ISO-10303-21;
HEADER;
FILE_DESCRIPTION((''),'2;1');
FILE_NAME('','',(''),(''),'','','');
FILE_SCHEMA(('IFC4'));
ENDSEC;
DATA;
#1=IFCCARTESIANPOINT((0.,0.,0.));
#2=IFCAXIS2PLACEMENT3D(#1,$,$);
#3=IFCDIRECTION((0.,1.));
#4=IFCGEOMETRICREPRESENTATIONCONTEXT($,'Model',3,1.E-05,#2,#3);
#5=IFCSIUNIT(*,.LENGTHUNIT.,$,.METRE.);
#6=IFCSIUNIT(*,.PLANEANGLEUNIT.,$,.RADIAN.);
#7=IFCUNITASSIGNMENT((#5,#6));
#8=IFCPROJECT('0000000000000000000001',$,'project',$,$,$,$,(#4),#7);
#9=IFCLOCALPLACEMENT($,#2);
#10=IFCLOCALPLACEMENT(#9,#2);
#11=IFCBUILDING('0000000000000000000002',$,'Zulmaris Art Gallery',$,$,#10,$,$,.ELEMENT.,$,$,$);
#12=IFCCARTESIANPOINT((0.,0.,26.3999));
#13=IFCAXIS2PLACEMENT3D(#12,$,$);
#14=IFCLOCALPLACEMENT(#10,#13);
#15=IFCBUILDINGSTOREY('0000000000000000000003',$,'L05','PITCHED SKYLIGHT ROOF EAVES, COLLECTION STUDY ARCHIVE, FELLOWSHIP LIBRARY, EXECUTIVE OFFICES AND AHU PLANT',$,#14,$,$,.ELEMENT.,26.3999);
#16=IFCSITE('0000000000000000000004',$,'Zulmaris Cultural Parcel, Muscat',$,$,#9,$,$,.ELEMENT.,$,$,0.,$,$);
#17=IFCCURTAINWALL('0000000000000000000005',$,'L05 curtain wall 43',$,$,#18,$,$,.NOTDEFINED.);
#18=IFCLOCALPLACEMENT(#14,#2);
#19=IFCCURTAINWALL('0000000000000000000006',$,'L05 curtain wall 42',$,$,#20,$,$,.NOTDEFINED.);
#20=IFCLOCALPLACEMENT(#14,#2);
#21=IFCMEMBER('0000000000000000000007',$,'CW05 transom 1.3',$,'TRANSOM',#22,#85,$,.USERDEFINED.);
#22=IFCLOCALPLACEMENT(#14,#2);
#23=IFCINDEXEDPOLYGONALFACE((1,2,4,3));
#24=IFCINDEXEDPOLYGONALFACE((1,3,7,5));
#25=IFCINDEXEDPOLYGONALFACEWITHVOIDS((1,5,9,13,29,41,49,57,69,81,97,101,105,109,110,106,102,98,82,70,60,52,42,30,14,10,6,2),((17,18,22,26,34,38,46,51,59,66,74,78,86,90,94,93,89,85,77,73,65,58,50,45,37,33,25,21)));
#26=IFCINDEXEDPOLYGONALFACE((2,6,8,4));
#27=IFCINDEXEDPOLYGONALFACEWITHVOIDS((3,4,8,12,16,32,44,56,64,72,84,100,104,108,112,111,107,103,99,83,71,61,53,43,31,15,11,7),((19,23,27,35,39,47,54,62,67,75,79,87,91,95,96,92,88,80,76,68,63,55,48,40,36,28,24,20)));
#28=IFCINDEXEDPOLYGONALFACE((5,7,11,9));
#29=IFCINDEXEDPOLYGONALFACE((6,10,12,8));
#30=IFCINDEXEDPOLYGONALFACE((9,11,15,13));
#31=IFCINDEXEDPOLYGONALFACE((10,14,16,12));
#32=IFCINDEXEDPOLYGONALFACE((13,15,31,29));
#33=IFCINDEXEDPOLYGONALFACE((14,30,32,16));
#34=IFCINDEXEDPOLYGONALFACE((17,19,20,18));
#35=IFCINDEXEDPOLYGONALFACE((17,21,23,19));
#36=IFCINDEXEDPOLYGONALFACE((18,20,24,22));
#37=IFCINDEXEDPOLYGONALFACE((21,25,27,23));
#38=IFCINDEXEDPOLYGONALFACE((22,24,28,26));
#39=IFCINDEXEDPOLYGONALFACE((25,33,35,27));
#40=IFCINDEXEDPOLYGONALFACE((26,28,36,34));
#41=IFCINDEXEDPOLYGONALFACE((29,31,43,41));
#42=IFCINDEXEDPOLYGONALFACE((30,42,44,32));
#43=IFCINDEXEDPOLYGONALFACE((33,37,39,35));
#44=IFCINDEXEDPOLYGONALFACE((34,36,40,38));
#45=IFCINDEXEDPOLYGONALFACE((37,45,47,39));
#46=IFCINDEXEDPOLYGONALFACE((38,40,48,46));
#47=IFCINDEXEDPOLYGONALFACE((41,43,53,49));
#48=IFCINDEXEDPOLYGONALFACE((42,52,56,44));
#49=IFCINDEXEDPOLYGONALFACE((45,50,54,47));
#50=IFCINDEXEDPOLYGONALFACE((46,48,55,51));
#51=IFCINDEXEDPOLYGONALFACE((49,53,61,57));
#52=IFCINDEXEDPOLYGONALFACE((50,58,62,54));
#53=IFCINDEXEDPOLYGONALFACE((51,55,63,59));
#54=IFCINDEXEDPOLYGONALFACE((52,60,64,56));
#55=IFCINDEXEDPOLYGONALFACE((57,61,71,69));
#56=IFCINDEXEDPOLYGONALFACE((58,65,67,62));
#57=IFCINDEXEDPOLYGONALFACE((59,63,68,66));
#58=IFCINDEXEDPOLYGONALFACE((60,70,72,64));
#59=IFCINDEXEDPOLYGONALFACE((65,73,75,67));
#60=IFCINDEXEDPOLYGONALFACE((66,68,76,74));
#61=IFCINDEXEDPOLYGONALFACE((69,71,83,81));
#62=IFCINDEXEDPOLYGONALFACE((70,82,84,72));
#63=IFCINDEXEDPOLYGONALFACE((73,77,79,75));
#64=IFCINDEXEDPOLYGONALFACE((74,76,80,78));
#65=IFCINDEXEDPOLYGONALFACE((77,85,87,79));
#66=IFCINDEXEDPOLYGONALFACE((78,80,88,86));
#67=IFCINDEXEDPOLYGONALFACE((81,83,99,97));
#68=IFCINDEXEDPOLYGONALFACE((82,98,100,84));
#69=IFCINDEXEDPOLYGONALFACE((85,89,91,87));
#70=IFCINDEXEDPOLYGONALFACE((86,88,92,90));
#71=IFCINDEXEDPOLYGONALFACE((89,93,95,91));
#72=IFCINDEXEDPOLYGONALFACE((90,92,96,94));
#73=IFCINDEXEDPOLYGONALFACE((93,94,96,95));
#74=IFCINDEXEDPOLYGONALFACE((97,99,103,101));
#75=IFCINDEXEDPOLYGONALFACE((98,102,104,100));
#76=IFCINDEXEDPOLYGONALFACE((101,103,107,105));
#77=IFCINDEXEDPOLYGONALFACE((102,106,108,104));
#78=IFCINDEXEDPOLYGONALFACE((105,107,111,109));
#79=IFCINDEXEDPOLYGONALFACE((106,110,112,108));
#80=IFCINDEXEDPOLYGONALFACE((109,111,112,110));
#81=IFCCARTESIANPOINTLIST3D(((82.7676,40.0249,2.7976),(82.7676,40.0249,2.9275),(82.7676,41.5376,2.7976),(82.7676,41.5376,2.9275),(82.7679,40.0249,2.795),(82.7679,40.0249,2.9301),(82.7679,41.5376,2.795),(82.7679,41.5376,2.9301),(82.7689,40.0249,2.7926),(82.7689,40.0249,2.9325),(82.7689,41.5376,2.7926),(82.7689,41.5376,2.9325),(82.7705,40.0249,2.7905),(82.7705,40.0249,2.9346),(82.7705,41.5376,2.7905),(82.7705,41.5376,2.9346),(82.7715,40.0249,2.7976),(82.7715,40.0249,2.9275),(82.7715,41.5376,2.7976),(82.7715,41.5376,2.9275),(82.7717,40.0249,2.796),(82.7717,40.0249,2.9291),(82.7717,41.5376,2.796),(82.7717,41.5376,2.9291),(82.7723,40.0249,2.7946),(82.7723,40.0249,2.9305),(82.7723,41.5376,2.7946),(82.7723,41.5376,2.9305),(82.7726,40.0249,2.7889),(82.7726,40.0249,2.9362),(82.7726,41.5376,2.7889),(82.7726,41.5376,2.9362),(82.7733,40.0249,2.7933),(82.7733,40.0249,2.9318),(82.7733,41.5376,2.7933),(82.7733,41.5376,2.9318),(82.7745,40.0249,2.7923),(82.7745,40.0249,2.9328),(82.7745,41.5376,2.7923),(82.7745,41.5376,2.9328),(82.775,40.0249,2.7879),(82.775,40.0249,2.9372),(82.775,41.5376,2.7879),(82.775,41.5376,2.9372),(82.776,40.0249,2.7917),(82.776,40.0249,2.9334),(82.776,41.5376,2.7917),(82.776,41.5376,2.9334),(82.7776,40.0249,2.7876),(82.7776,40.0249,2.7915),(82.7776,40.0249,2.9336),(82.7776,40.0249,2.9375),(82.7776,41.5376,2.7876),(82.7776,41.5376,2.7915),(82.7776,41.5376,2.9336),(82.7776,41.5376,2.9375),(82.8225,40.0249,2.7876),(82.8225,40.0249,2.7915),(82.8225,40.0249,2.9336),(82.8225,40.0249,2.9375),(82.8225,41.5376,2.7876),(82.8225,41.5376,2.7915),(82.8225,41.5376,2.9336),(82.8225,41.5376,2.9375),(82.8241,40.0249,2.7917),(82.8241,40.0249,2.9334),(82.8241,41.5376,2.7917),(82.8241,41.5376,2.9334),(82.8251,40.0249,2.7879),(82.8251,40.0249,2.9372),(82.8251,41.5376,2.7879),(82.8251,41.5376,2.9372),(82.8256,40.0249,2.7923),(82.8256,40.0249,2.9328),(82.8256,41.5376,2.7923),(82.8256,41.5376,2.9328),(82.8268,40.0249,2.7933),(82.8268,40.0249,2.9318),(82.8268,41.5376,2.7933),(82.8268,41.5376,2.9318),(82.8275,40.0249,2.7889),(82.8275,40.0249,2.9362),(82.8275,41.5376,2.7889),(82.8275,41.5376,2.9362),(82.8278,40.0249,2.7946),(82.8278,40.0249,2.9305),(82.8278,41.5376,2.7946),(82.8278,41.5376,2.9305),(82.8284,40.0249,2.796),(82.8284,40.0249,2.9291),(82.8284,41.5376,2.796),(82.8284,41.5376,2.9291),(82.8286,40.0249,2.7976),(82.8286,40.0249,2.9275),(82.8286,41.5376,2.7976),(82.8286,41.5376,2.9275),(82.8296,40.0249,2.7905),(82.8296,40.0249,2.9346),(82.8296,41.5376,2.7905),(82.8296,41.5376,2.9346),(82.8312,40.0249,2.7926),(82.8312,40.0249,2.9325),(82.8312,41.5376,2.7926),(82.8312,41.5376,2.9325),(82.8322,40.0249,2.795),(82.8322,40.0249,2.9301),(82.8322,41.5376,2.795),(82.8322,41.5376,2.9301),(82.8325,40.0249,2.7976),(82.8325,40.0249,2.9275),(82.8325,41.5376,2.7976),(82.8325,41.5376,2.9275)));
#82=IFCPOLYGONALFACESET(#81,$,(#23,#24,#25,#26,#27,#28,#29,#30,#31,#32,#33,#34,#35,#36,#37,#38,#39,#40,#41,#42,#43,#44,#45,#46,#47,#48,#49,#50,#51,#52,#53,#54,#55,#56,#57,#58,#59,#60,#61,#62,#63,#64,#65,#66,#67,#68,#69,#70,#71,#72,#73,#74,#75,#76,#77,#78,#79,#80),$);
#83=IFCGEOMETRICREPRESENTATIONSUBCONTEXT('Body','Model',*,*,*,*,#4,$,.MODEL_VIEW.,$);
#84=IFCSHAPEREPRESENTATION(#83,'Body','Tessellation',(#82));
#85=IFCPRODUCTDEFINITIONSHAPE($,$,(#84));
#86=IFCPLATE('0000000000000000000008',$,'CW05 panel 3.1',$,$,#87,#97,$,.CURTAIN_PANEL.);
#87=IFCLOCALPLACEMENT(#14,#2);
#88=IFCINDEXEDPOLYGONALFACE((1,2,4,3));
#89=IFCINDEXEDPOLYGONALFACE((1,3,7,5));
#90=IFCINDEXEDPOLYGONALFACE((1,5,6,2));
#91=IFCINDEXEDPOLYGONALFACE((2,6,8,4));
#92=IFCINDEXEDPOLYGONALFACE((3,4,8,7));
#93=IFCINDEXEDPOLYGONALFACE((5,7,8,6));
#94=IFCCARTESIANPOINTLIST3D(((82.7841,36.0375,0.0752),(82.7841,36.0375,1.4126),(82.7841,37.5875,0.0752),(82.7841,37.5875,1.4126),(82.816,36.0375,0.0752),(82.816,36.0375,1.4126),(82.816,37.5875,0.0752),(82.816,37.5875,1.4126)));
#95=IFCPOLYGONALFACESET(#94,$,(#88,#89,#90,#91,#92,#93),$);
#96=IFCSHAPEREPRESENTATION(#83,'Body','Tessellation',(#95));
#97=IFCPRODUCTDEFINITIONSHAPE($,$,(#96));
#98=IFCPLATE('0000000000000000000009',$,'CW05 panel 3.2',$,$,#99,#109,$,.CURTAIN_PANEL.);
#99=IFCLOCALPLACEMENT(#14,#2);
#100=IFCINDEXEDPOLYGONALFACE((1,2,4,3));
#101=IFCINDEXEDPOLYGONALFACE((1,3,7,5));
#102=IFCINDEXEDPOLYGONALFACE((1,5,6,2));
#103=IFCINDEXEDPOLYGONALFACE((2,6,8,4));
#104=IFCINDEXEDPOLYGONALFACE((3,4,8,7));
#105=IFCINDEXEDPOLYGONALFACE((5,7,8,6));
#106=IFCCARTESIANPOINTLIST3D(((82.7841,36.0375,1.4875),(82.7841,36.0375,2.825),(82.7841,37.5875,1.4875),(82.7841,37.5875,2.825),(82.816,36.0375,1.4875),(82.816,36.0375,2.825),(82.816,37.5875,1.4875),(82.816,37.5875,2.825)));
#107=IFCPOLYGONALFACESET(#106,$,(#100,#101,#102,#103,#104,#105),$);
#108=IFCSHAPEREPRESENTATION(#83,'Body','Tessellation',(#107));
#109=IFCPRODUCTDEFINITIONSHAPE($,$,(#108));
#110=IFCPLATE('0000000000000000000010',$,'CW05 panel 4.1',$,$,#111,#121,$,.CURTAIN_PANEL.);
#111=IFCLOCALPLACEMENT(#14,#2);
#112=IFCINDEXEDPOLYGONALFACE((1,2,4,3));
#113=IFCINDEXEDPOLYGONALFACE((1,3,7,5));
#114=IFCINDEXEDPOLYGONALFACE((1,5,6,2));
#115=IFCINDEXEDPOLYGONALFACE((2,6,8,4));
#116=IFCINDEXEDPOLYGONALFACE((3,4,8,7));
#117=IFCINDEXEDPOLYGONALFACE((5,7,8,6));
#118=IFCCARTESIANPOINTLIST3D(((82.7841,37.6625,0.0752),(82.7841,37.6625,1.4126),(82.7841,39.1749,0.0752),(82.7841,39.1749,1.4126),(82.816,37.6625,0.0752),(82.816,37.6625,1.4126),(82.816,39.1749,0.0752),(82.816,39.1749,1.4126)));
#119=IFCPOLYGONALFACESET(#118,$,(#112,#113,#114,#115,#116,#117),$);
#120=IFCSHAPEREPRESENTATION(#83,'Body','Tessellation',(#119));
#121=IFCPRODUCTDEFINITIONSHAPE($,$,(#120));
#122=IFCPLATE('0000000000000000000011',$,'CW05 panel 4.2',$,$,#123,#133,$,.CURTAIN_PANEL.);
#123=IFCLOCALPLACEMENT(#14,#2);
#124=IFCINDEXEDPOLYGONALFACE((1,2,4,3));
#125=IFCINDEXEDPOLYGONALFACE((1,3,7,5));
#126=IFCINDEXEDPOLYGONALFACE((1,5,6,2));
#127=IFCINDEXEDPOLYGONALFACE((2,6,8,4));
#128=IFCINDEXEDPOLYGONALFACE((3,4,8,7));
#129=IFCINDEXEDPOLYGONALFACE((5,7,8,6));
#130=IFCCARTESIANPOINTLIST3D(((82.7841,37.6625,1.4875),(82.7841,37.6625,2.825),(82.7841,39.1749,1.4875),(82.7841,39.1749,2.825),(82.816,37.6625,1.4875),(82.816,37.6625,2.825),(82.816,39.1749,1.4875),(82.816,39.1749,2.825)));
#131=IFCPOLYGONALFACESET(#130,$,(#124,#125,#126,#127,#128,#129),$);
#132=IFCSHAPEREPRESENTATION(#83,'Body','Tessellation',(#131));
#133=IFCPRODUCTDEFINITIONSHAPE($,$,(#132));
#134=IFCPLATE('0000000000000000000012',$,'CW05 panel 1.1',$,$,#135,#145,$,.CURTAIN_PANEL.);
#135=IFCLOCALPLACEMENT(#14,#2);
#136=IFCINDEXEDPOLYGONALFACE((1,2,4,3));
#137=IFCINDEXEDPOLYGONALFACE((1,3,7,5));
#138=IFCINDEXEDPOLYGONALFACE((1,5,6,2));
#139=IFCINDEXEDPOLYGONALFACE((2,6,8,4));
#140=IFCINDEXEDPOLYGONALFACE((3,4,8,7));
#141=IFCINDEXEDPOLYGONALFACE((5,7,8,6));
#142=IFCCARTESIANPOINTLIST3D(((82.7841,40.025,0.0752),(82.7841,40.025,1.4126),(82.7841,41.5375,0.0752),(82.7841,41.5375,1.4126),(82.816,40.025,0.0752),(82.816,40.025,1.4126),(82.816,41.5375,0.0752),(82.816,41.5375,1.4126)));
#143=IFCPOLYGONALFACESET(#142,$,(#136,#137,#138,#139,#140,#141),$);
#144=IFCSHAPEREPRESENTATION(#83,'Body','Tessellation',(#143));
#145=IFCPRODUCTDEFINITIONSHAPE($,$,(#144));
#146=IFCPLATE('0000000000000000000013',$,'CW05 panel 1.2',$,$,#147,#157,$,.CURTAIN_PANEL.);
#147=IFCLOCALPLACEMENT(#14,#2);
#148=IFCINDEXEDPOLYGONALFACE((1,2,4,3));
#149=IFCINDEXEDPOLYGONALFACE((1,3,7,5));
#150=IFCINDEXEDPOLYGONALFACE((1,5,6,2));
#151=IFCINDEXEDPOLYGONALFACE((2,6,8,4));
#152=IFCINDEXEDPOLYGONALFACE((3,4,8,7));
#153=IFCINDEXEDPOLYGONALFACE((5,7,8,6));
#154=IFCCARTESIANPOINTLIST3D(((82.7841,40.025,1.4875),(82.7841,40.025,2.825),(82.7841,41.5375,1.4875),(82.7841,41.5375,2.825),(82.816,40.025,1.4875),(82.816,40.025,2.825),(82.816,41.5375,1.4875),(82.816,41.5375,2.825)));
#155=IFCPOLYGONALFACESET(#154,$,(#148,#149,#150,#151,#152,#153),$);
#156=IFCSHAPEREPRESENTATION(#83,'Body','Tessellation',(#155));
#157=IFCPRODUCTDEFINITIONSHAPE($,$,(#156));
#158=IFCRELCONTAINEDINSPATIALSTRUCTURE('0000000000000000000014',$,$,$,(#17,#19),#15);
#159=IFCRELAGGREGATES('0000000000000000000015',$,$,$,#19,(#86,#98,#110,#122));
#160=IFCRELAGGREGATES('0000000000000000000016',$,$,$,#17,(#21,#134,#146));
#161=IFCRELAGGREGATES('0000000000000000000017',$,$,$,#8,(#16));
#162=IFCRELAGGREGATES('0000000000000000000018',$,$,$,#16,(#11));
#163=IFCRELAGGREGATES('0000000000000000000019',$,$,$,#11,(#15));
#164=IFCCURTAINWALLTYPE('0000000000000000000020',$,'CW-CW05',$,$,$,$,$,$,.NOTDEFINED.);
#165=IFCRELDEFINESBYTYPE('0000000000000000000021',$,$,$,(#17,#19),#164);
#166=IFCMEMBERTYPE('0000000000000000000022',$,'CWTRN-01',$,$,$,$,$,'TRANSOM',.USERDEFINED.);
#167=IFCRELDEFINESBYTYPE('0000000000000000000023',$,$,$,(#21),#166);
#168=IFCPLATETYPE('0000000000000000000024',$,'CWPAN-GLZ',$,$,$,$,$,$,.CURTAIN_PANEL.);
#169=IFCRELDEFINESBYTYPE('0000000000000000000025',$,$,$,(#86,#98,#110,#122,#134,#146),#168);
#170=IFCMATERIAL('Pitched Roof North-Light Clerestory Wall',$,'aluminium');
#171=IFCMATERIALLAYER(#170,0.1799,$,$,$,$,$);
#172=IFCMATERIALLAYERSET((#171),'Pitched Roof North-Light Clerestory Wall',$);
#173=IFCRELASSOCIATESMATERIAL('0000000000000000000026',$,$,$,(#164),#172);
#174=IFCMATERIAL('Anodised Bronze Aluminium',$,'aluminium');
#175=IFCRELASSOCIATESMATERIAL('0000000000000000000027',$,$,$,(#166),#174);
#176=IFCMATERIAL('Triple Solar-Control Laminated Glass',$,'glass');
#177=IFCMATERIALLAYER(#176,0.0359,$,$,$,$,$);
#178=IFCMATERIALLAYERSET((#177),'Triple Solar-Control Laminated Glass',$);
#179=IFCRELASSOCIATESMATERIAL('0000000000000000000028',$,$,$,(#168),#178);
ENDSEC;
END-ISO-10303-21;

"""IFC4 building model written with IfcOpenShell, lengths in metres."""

from ifc_helpers import new_model, si_unit, direction, frame, origin, origin_2d, place, context, subcontext, project, spatial, rectangle, hollow_rectangle, extrude, material, layer, layer_set, material_profile, profile_set, type_object, element, aggregate, save


model = new_model("IFC4")

# Units and contexts
model_context = context("Model", 3, precision=1e-05, world=origin(), true_north=direction((0.0, 1.0)))
body_context = subcontext(model_context, "Body", "Model", "MODEL_VIEW")
ifc_project = project(units=[si_unit("LENGTHUNIT", "METRE"), si_unit("PLANEANGLEUNIT", "RADIAN")], contexts=[model_context])

# Site, building, storey
site_placement = place(None, origin())
site = spatial("IfcSite", under=ifc_project, at=site_placement, Name="Zulmaris Cultural Parcel, Muscat", CompositionType="ELEMENT", RefElevation=0.0)
building_placement = place(site_placement, origin())
building = spatial("IfcBuilding", under=site, at=building_placement, Name="Zulmaris Art Gallery", CompositionType="ELEMENT")
storey_placement = place(building_placement, frame((0.0, 0.0, 26.3999)))
storey = spatial("IfcBuildingStorey", under=building, at=storey_placement, Name="L05", Description="PITCHED SKYLIGHT ROOF EAVES, COLLECTION STUDY ARCHIVE, FELLOWSHIP LIBRARY, EXECUTIVE OFFICES AND AHU PLANT", CompositionType="ELEMENT", Elevation=26.3999)

# Curtain walls
ifc_material_1 = material(Name="Pitched Roof North-Light Clerestory Wall", Category="aluminium")
ifc_layer_1 = layer(ifc_material_1, 0.1799)
ifc_layer_set_1 = layer_set([ifc_layer_1], Name="Pitched Roof North-Light Clerestory Wall")
curtain_wall_type = type_object("IfcCurtainWallType", Name="CW-CW05", PredefinedType="NOTDEFINED", material=ifc_layer_set_1)
curtain_wall_1_placement = place(storey_placement, origin())
curtain_wall_1 = element("IfcCurtainWall", 1, at=curtain_wall_1_placement, inside=storey, type_object=curtain_wall_type, Name="L05 curtain wall 43", PredefinedType="NOTDEFINED")
ifc_material_2 = material(Name="Anodised Bronze Aluminium", Category="aluminium")
curtain_wall_2_placement = place(storey_placement, origin())
curtain_wall_2 = element("IfcCurtainWall", 2, at=curtain_wall_2_placement, inside=storey, type_object=curtain_wall_type, Name="L05 curtain wall 42", PredefinedType="NOTDEFINED")
ifc_material_profile_1 = material_profile(ifc_material_2, hollow_rectangle(XDim=0.0649, YDim=0.1499, WallThickness=0.0039, InnerFilletRadius=0.0061, OuterFilletRadius=0.01, at=origin_2d()), Name="ALU 65x150x4")
ifc_profile_set_1 = profile_set([ifc_material_profile_1], Name="Anodised Bronze Aluminium")
member_type_1 = type_object("IfcMemberType", Name="CWTRN-01", ElementType="TRANSOM", PredefinedType="USERDEFINED", material=ifc_profile_set_1)

# Member
member_1_placement = place(storey_placement, frame((82.8, 40.0249, 2.8625), z_axis=(0.0, 1.0, 0.0), x_axis=(-1.0, 0.0, 0.0)))
member_1 = element("IfcMember", 3, at=member_1_placement, type_object=member_type_1, Name="CW05 transom 1.3", ObjectType="TRANSOM", PredefinedType="USERDEFINED", context=body_context, shape_type="SweptSolid", body=[
    extrude(hollow_rectangle(XDim=0.0649, YDim=0.1499, WallThickness=0.0039, InnerFilletRadius=0.0061, OuterFilletRadius=0.01, at=origin_2d()), origin(), (0.0, 0.0, 1.0), 1.5127),
])

# Plates
ifc_material_3 = material(Name="Triple Solar-Control Laminated Glass", Category="glass")
ifc_layer_2 = layer(ifc_material_3, 0.0359)
ifc_layer_set_2 = layer_set([ifc_layer_2], Name="Triple Solar-Control Laminated Glass")
plate_type = type_object("IfcPlateType", Name="CWPAN-GLZ", PredefinedType="CURTAIN_PANEL", material=ifc_layer_set_2)
plate_1_placement = place(storey_placement, frame((82.8, 36.8125, 0.0752), z_axis=(0.0, 0.0, 1.0), x_axis=(0.0, 1.0, 0.0)))
plate_1 = element("IfcPlate", 4, at=plate_1_placement, type_object=plate_type, Name="CW05 panel 3.1", PredefinedType="CURTAIN_PANEL", context=body_context, shape_type="SweptSolid", body=[
    extrude(rectangle(XDim=1.55, YDim=0.032, at=origin_2d()), origin(), (0.0, 0.0, 1.0), 1.3374),
])
plate_2_placement = place(storey_placement, frame((82.8, 36.8125, 1.4875), z_axis=(0.0, 0.0, 1.0), x_axis=(0.0, 1.0, 0.0)))
plate_2 = element("IfcPlate", 5, at=plate_2_placement, type_object=plate_type, Name="CW05 panel 3.2", PredefinedType="CURTAIN_PANEL", context=body_context, shape_type="SweptSolid", body=[
    extrude(rectangle(XDim=1.55, YDim=0.032, at=origin_2d()), origin(), (0.0, 0.0, 1.0), 1.3374),
])
plate_3_placement = place(storey_placement, frame((82.8, 38.4187, 0.0752), z_axis=(0.0, 0.0, 1.0), x_axis=(0.0, 1.0, 0.0)))
plate_3 = element("IfcPlate", 6, at=plate_3_placement, type_object=plate_type, Name="CW05 panel 4.1", PredefinedType="CURTAIN_PANEL", context=body_context, shape_type="SweptSolid", body=[
    extrude(rectangle(XDim=1.5125, YDim=0.032, at=origin_2d()), origin(), (0.0, 0.0, 1.0), 1.3374),
])
plate_4_placement = place(storey_placement, frame((82.8, 38.4187, 1.4875), z_axis=(0.0, 0.0, 1.0), x_axis=(0.0, 1.0, 0.0)))
plate_4 = element("IfcPlate", 7, at=plate_4_placement, type_object=plate_type, Name="CW05 panel 4.2", PredefinedType="CURTAIN_PANEL", context=body_context, shape_type="SweptSolid", body=[
    extrude(rectangle(XDim=1.5125, YDim=0.032, at=origin_2d()), origin(), (0.0, 0.0, 1.0), 1.3374),
])
aggregate(curtain_wall_2, [plate_1, plate_2, plate_3, plate_4])
plate_5_placement = place(storey_placement, frame((82.8, 40.7812, 0.0752), z_axis=(0.0, 0.0, 1.0), x_axis=(0.0, 1.0, 0.0)))
plate_5 = element("IfcPlate", 8, at=plate_5_placement, type_object=plate_type, Name="CW05 panel 1.1", PredefinedType="CURTAIN_PANEL", context=body_context, shape_type="SweptSolid", body=[
    extrude(rectangle(XDim=1.5125, YDim=0.032, at=origin_2d()), origin(), (0.0, 0.0, 1.0), 1.3374),
])
plate_6_placement = place(storey_placement, frame((82.8, 40.7812, 1.4875), z_axis=(0.0, 0.0, 1.0), x_axis=(0.0, 1.0, 0.0)))
plate_6 = element("IfcPlate", 9, at=plate_6_placement, type_object=plate_type, Name="CW05 panel 1.2", PredefinedType="CURTAIN_PANEL", context=body_context, shape_type="SweptSolid", body=[
    extrude(rectangle(XDim=1.5125, YDim=0.032, at=origin_2d()), origin(), (0.0, 0.0, 1.0), 1.3374),
])
aggregate(curtain_wall_1, [member_1, plate_5, plate_6])

save(model, "model.ifc")
